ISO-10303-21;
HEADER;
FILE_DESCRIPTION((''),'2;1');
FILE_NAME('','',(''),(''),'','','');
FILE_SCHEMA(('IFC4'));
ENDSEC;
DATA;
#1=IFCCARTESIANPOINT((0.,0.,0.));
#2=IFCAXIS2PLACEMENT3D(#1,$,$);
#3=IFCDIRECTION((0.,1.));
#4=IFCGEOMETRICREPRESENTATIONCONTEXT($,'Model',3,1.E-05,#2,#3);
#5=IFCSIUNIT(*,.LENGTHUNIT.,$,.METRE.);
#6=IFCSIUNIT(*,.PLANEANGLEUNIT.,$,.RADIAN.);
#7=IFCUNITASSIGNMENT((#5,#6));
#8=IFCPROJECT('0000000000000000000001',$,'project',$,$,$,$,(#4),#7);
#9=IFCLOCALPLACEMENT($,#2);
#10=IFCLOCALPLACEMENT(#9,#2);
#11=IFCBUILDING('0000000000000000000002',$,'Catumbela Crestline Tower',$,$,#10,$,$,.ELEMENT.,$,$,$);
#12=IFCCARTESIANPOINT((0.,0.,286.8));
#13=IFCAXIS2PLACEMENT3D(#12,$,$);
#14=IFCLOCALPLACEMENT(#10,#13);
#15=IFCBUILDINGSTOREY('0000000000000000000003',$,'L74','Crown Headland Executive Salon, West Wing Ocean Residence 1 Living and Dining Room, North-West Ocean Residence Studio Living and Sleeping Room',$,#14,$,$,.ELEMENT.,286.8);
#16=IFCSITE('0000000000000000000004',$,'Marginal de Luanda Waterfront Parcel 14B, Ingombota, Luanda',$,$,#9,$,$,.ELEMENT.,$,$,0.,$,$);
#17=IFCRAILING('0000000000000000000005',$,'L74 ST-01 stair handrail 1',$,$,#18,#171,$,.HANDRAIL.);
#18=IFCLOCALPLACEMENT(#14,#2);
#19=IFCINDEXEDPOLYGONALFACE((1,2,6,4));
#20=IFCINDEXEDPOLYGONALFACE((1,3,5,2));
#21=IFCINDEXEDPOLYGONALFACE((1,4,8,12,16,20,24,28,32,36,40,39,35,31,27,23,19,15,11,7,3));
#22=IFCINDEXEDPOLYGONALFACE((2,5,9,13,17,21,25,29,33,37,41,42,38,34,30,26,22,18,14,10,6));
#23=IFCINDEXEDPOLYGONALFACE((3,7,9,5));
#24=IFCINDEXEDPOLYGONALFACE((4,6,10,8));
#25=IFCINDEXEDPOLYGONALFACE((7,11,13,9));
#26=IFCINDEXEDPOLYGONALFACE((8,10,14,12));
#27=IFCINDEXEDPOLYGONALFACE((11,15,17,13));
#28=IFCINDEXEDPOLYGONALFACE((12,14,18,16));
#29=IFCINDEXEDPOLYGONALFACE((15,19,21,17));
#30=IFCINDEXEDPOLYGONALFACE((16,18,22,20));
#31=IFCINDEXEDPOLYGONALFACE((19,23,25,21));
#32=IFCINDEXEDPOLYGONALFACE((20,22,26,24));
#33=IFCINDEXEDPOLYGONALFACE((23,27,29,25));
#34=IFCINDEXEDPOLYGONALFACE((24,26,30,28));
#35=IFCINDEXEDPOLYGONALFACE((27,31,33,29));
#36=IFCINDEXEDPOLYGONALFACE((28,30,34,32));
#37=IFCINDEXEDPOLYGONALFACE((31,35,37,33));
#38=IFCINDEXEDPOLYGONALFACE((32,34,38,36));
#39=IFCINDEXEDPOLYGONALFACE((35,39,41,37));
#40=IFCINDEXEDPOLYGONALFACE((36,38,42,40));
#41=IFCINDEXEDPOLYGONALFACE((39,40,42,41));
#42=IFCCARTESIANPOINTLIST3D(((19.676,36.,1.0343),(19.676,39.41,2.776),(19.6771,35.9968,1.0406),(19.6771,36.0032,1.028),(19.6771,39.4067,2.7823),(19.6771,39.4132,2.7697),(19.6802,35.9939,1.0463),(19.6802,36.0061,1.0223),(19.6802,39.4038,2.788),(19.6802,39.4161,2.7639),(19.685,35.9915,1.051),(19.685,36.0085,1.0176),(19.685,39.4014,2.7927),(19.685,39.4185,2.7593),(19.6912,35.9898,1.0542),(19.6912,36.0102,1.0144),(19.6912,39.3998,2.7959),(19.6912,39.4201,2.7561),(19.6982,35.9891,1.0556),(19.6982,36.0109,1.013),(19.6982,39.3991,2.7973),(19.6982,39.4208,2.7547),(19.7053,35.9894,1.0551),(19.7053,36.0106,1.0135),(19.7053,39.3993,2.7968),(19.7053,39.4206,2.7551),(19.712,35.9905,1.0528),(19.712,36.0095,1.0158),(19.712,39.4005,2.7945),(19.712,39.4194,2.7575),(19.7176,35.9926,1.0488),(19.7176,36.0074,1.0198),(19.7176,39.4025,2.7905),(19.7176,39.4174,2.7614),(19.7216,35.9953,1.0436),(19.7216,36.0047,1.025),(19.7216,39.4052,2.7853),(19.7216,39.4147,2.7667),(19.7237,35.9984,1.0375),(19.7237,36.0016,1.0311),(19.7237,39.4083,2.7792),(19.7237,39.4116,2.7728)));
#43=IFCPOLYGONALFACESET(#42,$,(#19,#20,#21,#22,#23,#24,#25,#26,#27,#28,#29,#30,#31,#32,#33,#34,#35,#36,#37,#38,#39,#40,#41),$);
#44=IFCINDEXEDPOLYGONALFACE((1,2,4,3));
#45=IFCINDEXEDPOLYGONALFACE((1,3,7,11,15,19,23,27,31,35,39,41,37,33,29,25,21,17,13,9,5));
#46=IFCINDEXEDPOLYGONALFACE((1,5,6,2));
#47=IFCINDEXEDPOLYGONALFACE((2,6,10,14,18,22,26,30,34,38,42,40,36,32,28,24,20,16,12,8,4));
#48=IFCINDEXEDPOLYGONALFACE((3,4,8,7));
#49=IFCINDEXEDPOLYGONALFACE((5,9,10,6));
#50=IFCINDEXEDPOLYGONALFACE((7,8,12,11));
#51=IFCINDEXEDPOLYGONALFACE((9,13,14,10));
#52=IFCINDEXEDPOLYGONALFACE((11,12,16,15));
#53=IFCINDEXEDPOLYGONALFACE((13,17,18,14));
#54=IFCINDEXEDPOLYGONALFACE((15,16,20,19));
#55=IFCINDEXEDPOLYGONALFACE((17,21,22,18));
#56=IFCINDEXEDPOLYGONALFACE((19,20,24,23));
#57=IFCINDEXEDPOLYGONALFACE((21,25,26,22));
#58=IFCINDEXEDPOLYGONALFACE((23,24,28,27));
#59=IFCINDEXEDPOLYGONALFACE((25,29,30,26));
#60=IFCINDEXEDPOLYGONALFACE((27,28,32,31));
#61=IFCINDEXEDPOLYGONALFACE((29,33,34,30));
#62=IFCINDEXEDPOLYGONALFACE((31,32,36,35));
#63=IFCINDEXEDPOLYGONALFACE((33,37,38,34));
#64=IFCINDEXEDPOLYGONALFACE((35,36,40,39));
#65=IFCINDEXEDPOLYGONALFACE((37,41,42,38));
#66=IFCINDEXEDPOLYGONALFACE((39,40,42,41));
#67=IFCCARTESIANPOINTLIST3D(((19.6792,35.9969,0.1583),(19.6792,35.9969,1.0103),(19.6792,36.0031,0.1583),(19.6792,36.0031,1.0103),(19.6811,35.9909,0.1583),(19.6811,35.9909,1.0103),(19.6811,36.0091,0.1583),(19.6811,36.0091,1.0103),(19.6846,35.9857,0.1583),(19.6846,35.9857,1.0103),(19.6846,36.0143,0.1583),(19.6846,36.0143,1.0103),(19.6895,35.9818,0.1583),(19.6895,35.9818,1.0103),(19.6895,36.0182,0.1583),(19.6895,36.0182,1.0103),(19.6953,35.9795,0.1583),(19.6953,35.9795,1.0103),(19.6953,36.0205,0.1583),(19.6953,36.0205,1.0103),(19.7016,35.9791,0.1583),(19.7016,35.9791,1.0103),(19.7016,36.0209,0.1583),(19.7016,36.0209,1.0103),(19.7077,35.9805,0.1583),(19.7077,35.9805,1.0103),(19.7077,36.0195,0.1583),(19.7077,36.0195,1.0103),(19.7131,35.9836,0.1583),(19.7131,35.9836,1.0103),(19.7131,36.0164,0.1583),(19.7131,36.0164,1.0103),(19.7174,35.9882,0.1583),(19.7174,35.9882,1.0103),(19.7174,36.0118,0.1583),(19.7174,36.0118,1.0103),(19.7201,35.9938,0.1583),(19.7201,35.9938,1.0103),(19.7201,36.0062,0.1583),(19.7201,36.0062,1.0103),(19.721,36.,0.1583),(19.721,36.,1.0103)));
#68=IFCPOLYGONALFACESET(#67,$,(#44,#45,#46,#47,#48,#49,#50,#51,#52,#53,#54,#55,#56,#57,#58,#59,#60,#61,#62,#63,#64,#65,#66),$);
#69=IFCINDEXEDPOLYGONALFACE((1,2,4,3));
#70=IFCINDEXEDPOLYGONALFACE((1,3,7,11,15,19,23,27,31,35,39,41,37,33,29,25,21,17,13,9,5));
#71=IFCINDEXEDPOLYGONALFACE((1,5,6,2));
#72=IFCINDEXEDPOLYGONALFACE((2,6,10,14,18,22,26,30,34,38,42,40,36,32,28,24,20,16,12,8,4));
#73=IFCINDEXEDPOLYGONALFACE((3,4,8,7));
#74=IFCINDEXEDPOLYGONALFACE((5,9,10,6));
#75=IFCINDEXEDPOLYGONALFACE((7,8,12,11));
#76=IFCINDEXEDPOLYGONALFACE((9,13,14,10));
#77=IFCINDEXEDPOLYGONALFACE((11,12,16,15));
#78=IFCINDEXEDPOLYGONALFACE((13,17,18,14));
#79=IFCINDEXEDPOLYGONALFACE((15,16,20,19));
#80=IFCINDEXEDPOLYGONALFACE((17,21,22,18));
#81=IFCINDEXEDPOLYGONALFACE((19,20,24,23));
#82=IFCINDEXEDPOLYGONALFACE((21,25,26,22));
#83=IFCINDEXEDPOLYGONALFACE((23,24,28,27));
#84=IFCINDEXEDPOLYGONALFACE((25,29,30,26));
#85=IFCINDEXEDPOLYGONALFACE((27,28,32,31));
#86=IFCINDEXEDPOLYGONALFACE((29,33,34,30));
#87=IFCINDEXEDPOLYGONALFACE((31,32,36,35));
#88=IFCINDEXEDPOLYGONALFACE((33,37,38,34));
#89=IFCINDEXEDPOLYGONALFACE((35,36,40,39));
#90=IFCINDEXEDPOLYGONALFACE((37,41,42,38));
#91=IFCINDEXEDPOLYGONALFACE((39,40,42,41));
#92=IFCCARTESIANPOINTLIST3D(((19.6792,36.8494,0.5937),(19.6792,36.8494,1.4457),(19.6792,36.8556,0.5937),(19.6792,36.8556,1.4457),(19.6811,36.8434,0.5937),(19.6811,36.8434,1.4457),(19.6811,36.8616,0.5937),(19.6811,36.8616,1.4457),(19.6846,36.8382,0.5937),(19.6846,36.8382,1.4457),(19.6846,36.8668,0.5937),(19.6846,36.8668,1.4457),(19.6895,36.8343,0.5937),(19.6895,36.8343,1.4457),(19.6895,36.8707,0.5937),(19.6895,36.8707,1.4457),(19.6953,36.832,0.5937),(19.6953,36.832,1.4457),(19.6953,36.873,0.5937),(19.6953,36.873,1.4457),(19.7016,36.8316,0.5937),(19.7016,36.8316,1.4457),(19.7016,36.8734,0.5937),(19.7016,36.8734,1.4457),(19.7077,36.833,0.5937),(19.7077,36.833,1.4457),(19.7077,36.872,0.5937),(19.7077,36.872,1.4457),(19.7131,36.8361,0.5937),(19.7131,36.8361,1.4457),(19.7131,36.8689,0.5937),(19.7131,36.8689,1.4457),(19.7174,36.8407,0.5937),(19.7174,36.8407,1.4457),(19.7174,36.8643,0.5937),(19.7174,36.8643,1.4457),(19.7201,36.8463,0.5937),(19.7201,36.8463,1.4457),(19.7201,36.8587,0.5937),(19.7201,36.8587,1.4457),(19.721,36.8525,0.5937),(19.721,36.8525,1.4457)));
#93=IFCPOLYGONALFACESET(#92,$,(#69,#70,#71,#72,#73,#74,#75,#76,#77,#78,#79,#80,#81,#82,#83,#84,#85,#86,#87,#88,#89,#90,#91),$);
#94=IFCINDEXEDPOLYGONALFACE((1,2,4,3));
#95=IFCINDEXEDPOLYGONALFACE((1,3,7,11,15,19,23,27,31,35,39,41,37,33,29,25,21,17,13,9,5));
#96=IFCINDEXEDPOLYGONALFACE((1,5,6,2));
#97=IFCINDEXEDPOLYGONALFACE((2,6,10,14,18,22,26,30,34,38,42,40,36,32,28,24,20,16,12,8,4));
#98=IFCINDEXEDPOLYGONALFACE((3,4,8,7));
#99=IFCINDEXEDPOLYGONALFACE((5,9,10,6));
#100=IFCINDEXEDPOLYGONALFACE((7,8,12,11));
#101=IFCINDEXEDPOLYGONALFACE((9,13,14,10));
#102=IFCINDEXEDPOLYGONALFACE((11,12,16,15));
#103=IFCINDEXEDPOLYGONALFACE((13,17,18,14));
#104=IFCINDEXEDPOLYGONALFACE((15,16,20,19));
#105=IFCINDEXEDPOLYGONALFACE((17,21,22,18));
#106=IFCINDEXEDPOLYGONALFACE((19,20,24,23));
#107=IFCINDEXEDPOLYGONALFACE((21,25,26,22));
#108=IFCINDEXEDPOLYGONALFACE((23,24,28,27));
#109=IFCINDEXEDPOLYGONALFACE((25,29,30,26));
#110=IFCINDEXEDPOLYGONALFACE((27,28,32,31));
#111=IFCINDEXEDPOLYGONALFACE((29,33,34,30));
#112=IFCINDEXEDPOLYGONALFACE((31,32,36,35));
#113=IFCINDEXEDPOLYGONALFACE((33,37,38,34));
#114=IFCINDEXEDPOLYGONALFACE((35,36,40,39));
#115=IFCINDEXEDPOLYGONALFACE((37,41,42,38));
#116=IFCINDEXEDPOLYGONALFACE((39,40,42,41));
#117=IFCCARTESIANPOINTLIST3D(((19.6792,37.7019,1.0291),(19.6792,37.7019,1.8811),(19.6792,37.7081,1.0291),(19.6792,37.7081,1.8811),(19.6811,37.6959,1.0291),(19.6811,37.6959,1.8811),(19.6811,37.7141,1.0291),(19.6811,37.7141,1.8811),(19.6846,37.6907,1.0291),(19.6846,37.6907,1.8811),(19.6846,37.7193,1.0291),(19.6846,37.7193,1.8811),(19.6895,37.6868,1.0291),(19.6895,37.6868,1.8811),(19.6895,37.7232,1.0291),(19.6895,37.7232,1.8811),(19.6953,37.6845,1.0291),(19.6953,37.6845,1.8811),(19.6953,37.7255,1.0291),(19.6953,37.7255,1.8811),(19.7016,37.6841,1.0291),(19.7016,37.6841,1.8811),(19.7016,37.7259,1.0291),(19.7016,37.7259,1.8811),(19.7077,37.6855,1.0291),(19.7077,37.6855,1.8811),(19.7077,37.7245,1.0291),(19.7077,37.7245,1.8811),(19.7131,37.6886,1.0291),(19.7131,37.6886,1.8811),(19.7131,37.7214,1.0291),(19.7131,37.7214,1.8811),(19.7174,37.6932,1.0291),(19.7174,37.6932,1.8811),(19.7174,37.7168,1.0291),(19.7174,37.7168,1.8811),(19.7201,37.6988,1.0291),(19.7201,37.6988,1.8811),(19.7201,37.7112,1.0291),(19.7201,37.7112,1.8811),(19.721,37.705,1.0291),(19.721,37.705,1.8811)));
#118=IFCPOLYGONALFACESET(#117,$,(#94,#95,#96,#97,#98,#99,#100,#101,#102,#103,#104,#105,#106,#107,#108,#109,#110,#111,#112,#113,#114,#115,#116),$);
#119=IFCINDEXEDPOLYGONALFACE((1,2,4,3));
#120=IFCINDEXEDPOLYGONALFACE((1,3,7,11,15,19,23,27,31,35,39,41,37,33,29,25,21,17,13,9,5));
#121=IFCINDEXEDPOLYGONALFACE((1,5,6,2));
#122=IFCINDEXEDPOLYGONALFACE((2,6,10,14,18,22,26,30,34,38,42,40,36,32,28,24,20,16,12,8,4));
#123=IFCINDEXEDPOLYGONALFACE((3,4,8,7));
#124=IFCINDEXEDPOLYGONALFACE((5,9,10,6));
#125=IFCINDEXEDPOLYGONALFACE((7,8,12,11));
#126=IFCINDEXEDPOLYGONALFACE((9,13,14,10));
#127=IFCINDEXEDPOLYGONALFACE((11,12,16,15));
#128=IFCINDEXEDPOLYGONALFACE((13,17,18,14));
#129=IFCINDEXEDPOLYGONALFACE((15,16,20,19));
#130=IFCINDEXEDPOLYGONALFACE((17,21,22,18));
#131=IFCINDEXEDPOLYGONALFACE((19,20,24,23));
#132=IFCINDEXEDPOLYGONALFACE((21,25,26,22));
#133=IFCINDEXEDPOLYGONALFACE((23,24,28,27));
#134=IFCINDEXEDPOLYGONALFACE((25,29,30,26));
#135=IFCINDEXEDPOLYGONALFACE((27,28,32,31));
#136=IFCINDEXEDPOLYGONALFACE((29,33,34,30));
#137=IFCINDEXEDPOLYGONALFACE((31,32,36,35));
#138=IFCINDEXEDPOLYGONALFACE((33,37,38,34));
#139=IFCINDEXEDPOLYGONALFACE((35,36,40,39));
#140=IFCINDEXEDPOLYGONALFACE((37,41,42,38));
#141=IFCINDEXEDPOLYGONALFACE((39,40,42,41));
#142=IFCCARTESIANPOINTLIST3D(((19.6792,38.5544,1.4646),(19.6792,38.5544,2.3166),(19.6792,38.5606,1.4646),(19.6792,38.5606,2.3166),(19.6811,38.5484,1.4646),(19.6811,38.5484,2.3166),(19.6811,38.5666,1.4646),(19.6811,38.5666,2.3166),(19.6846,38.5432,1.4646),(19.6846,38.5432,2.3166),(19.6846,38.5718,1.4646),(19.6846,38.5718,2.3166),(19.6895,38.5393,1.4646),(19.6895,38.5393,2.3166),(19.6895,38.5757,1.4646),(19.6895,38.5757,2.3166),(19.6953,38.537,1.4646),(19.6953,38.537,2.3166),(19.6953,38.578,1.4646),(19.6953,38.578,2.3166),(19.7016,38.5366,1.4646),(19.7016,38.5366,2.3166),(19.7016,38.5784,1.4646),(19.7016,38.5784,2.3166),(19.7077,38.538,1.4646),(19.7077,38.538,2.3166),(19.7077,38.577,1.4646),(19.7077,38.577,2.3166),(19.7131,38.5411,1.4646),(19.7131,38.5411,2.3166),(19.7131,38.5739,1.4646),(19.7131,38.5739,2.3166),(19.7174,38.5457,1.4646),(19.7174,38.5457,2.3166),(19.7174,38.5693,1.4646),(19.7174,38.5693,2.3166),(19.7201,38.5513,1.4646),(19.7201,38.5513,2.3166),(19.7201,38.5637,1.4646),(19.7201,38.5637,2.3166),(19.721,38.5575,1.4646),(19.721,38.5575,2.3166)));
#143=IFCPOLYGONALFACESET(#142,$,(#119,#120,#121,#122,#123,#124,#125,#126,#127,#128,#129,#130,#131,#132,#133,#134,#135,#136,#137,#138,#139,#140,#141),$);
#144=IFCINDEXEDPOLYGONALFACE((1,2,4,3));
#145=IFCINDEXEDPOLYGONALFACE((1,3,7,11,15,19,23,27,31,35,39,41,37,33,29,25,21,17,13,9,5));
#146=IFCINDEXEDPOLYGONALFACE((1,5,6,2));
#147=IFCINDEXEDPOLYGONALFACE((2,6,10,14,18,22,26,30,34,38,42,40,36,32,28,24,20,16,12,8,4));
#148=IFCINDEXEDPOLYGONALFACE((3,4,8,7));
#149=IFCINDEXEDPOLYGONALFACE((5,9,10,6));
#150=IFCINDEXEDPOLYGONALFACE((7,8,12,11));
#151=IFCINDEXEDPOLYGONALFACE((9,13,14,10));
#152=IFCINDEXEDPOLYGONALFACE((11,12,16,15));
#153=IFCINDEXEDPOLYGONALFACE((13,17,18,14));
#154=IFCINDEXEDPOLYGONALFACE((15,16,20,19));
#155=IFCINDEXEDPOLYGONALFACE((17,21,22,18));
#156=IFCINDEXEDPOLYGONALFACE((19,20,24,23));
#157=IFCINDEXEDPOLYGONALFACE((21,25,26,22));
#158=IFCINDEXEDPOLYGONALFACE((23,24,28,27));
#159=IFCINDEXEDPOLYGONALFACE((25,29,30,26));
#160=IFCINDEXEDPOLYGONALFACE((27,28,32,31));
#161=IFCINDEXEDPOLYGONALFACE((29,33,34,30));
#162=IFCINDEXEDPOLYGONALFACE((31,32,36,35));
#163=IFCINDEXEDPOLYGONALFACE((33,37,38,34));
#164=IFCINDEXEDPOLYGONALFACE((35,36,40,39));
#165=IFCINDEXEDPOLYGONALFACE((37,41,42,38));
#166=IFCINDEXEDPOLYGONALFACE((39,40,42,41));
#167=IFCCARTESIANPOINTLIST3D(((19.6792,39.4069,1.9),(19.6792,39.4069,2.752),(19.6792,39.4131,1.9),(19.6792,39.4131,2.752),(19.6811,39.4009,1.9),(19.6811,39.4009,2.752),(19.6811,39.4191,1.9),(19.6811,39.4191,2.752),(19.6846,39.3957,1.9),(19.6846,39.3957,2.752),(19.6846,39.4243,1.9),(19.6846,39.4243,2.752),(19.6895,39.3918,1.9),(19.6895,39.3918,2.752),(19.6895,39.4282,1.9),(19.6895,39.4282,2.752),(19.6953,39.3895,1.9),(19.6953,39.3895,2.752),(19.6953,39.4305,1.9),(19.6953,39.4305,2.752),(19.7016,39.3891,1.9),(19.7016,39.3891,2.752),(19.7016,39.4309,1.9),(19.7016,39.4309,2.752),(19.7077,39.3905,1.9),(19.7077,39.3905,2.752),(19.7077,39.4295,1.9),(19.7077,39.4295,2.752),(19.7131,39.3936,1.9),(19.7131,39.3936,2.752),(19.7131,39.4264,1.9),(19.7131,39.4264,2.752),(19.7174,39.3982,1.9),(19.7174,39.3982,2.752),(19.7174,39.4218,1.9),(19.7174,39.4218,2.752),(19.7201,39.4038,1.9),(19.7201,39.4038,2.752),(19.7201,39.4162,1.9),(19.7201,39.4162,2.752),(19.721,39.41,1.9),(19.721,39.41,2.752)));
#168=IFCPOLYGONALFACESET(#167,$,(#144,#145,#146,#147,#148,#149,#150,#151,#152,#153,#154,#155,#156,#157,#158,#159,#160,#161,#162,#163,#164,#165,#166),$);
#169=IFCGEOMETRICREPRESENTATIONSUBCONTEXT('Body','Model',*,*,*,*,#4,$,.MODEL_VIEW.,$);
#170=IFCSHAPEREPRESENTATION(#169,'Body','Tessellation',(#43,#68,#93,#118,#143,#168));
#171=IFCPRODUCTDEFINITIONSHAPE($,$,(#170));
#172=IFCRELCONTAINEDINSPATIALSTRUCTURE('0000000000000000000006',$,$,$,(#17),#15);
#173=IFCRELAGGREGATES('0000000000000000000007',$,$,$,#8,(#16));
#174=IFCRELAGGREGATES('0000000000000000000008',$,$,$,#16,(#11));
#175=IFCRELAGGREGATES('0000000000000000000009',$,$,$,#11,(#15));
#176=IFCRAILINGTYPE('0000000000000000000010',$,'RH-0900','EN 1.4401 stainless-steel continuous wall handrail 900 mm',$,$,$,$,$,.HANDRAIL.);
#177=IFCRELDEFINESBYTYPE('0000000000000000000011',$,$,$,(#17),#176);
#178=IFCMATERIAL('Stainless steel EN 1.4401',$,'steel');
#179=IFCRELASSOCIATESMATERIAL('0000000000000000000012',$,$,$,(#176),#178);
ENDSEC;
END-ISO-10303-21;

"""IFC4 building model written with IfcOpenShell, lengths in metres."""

from ifc_helpers import new_model, si_unit, direction, frame, origin, origin_2d, place, context, subcontext, project, spatial, circle, extrude, material, type_object, element, save


model = new_model("IFC4")

# Units and contexts
model_context = context("Model", 3, precision=1e-05, world=origin(), true_north=direction((0.0, 1.0)))
body_context = subcontext(model_context, "Body", "Model", "MODEL_VIEW")
ifc_project = project(units=[si_unit("LENGTHUNIT", "METRE"), si_unit("PLANEANGLEUNIT", "RADIAN")], contexts=[model_context])

# Site, building, storey
site_placement = place(None, origin())
site = spatial("IfcSite", under=ifc_project, at=site_placement, Name="Marginal de Luanda Waterfront Parcel 14B, Ingombota, Luanda", CompositionType="ELEMENT", RefElevation=0.0)
building_placement = place(site_placement, origin())
building = spatial("IfcBuilding", under=site, at=building_placement, Name="Catumbela Crestline Tower", CompositionType="ELEMENT")
storey_placement = place(building_placement, frame((0.0, 0.0, 286.8)))
storey = spatial("IfcBuildingStorey", under=building, at=storey_placement, Name="L74", Description="Crown Headland Executive Salon, West Wing Ocean Residence 1 Living and Dining Room, North-West Ocean Residence Studio Living and Sleeping Room", CompositionType="ELEMENT", Elevation=286.8)

# Shared definitions
ifc_material_1 = material(Name="Stainless steel EN 1.4401", Category="steel")

# Railing
railing_type_1 = type_object("IfcRailingType", Name="RH-0900", Description="EN 1.4401 stainless-steel continuous wall handrail 900 mm", PredefinedType="HANDRAIL", material=ifc_material_1)
railing_1_placement = place(storey_placement, frame((19.7, 36.0, 0.1583)))
element("IfcRailing", 1, at=railing_1_placement, inside=storey, type_object=railing_type_1, Name="L74 ST-01 stair handrail 1", PredefinedType="HANDRAIL", context=body_context, shape_type="SweptSolid", body=[
    extrude(circle(Radius=0.024, at=origin_2d()), frame((0.0, 0.0, 0.876), z_axis=(0.0, 0.89056, 0.454865), x_axis=(-1.0, 0.0, 0.0)), (0.0, 0.0, 1.0), 3.829),
    extrude(circle(Radius=0.021, at=origin_2d()), origin(), (0.0, 0.0, 1.0), 0.852),
    extrude(circle(Radius=0.021, at=origin_2d()), frame((0.0, 0.8525, 0.4354)), (0.0, 0.0, 1.0), 0.852),
    extrude(circle(Radius=0.021, at=origin_2d()), frame((0.0, 1.705, 0.8708)), (0.0, 0.0, 1.0), 0.852),
    extrude(circle(Radius=0.021, at=origin_2d()), frame((0.0, 2.5575, 1.3063)), (0.0, 0.0, 1.0), 0.852),
    extrude(circle(Radius=0.021, at=origin_2d()), frame((0.0, 3.41, 1.7417)), (0.0, 0.0, 1.0), 0.852),
])

save(model, "model.ifc")
